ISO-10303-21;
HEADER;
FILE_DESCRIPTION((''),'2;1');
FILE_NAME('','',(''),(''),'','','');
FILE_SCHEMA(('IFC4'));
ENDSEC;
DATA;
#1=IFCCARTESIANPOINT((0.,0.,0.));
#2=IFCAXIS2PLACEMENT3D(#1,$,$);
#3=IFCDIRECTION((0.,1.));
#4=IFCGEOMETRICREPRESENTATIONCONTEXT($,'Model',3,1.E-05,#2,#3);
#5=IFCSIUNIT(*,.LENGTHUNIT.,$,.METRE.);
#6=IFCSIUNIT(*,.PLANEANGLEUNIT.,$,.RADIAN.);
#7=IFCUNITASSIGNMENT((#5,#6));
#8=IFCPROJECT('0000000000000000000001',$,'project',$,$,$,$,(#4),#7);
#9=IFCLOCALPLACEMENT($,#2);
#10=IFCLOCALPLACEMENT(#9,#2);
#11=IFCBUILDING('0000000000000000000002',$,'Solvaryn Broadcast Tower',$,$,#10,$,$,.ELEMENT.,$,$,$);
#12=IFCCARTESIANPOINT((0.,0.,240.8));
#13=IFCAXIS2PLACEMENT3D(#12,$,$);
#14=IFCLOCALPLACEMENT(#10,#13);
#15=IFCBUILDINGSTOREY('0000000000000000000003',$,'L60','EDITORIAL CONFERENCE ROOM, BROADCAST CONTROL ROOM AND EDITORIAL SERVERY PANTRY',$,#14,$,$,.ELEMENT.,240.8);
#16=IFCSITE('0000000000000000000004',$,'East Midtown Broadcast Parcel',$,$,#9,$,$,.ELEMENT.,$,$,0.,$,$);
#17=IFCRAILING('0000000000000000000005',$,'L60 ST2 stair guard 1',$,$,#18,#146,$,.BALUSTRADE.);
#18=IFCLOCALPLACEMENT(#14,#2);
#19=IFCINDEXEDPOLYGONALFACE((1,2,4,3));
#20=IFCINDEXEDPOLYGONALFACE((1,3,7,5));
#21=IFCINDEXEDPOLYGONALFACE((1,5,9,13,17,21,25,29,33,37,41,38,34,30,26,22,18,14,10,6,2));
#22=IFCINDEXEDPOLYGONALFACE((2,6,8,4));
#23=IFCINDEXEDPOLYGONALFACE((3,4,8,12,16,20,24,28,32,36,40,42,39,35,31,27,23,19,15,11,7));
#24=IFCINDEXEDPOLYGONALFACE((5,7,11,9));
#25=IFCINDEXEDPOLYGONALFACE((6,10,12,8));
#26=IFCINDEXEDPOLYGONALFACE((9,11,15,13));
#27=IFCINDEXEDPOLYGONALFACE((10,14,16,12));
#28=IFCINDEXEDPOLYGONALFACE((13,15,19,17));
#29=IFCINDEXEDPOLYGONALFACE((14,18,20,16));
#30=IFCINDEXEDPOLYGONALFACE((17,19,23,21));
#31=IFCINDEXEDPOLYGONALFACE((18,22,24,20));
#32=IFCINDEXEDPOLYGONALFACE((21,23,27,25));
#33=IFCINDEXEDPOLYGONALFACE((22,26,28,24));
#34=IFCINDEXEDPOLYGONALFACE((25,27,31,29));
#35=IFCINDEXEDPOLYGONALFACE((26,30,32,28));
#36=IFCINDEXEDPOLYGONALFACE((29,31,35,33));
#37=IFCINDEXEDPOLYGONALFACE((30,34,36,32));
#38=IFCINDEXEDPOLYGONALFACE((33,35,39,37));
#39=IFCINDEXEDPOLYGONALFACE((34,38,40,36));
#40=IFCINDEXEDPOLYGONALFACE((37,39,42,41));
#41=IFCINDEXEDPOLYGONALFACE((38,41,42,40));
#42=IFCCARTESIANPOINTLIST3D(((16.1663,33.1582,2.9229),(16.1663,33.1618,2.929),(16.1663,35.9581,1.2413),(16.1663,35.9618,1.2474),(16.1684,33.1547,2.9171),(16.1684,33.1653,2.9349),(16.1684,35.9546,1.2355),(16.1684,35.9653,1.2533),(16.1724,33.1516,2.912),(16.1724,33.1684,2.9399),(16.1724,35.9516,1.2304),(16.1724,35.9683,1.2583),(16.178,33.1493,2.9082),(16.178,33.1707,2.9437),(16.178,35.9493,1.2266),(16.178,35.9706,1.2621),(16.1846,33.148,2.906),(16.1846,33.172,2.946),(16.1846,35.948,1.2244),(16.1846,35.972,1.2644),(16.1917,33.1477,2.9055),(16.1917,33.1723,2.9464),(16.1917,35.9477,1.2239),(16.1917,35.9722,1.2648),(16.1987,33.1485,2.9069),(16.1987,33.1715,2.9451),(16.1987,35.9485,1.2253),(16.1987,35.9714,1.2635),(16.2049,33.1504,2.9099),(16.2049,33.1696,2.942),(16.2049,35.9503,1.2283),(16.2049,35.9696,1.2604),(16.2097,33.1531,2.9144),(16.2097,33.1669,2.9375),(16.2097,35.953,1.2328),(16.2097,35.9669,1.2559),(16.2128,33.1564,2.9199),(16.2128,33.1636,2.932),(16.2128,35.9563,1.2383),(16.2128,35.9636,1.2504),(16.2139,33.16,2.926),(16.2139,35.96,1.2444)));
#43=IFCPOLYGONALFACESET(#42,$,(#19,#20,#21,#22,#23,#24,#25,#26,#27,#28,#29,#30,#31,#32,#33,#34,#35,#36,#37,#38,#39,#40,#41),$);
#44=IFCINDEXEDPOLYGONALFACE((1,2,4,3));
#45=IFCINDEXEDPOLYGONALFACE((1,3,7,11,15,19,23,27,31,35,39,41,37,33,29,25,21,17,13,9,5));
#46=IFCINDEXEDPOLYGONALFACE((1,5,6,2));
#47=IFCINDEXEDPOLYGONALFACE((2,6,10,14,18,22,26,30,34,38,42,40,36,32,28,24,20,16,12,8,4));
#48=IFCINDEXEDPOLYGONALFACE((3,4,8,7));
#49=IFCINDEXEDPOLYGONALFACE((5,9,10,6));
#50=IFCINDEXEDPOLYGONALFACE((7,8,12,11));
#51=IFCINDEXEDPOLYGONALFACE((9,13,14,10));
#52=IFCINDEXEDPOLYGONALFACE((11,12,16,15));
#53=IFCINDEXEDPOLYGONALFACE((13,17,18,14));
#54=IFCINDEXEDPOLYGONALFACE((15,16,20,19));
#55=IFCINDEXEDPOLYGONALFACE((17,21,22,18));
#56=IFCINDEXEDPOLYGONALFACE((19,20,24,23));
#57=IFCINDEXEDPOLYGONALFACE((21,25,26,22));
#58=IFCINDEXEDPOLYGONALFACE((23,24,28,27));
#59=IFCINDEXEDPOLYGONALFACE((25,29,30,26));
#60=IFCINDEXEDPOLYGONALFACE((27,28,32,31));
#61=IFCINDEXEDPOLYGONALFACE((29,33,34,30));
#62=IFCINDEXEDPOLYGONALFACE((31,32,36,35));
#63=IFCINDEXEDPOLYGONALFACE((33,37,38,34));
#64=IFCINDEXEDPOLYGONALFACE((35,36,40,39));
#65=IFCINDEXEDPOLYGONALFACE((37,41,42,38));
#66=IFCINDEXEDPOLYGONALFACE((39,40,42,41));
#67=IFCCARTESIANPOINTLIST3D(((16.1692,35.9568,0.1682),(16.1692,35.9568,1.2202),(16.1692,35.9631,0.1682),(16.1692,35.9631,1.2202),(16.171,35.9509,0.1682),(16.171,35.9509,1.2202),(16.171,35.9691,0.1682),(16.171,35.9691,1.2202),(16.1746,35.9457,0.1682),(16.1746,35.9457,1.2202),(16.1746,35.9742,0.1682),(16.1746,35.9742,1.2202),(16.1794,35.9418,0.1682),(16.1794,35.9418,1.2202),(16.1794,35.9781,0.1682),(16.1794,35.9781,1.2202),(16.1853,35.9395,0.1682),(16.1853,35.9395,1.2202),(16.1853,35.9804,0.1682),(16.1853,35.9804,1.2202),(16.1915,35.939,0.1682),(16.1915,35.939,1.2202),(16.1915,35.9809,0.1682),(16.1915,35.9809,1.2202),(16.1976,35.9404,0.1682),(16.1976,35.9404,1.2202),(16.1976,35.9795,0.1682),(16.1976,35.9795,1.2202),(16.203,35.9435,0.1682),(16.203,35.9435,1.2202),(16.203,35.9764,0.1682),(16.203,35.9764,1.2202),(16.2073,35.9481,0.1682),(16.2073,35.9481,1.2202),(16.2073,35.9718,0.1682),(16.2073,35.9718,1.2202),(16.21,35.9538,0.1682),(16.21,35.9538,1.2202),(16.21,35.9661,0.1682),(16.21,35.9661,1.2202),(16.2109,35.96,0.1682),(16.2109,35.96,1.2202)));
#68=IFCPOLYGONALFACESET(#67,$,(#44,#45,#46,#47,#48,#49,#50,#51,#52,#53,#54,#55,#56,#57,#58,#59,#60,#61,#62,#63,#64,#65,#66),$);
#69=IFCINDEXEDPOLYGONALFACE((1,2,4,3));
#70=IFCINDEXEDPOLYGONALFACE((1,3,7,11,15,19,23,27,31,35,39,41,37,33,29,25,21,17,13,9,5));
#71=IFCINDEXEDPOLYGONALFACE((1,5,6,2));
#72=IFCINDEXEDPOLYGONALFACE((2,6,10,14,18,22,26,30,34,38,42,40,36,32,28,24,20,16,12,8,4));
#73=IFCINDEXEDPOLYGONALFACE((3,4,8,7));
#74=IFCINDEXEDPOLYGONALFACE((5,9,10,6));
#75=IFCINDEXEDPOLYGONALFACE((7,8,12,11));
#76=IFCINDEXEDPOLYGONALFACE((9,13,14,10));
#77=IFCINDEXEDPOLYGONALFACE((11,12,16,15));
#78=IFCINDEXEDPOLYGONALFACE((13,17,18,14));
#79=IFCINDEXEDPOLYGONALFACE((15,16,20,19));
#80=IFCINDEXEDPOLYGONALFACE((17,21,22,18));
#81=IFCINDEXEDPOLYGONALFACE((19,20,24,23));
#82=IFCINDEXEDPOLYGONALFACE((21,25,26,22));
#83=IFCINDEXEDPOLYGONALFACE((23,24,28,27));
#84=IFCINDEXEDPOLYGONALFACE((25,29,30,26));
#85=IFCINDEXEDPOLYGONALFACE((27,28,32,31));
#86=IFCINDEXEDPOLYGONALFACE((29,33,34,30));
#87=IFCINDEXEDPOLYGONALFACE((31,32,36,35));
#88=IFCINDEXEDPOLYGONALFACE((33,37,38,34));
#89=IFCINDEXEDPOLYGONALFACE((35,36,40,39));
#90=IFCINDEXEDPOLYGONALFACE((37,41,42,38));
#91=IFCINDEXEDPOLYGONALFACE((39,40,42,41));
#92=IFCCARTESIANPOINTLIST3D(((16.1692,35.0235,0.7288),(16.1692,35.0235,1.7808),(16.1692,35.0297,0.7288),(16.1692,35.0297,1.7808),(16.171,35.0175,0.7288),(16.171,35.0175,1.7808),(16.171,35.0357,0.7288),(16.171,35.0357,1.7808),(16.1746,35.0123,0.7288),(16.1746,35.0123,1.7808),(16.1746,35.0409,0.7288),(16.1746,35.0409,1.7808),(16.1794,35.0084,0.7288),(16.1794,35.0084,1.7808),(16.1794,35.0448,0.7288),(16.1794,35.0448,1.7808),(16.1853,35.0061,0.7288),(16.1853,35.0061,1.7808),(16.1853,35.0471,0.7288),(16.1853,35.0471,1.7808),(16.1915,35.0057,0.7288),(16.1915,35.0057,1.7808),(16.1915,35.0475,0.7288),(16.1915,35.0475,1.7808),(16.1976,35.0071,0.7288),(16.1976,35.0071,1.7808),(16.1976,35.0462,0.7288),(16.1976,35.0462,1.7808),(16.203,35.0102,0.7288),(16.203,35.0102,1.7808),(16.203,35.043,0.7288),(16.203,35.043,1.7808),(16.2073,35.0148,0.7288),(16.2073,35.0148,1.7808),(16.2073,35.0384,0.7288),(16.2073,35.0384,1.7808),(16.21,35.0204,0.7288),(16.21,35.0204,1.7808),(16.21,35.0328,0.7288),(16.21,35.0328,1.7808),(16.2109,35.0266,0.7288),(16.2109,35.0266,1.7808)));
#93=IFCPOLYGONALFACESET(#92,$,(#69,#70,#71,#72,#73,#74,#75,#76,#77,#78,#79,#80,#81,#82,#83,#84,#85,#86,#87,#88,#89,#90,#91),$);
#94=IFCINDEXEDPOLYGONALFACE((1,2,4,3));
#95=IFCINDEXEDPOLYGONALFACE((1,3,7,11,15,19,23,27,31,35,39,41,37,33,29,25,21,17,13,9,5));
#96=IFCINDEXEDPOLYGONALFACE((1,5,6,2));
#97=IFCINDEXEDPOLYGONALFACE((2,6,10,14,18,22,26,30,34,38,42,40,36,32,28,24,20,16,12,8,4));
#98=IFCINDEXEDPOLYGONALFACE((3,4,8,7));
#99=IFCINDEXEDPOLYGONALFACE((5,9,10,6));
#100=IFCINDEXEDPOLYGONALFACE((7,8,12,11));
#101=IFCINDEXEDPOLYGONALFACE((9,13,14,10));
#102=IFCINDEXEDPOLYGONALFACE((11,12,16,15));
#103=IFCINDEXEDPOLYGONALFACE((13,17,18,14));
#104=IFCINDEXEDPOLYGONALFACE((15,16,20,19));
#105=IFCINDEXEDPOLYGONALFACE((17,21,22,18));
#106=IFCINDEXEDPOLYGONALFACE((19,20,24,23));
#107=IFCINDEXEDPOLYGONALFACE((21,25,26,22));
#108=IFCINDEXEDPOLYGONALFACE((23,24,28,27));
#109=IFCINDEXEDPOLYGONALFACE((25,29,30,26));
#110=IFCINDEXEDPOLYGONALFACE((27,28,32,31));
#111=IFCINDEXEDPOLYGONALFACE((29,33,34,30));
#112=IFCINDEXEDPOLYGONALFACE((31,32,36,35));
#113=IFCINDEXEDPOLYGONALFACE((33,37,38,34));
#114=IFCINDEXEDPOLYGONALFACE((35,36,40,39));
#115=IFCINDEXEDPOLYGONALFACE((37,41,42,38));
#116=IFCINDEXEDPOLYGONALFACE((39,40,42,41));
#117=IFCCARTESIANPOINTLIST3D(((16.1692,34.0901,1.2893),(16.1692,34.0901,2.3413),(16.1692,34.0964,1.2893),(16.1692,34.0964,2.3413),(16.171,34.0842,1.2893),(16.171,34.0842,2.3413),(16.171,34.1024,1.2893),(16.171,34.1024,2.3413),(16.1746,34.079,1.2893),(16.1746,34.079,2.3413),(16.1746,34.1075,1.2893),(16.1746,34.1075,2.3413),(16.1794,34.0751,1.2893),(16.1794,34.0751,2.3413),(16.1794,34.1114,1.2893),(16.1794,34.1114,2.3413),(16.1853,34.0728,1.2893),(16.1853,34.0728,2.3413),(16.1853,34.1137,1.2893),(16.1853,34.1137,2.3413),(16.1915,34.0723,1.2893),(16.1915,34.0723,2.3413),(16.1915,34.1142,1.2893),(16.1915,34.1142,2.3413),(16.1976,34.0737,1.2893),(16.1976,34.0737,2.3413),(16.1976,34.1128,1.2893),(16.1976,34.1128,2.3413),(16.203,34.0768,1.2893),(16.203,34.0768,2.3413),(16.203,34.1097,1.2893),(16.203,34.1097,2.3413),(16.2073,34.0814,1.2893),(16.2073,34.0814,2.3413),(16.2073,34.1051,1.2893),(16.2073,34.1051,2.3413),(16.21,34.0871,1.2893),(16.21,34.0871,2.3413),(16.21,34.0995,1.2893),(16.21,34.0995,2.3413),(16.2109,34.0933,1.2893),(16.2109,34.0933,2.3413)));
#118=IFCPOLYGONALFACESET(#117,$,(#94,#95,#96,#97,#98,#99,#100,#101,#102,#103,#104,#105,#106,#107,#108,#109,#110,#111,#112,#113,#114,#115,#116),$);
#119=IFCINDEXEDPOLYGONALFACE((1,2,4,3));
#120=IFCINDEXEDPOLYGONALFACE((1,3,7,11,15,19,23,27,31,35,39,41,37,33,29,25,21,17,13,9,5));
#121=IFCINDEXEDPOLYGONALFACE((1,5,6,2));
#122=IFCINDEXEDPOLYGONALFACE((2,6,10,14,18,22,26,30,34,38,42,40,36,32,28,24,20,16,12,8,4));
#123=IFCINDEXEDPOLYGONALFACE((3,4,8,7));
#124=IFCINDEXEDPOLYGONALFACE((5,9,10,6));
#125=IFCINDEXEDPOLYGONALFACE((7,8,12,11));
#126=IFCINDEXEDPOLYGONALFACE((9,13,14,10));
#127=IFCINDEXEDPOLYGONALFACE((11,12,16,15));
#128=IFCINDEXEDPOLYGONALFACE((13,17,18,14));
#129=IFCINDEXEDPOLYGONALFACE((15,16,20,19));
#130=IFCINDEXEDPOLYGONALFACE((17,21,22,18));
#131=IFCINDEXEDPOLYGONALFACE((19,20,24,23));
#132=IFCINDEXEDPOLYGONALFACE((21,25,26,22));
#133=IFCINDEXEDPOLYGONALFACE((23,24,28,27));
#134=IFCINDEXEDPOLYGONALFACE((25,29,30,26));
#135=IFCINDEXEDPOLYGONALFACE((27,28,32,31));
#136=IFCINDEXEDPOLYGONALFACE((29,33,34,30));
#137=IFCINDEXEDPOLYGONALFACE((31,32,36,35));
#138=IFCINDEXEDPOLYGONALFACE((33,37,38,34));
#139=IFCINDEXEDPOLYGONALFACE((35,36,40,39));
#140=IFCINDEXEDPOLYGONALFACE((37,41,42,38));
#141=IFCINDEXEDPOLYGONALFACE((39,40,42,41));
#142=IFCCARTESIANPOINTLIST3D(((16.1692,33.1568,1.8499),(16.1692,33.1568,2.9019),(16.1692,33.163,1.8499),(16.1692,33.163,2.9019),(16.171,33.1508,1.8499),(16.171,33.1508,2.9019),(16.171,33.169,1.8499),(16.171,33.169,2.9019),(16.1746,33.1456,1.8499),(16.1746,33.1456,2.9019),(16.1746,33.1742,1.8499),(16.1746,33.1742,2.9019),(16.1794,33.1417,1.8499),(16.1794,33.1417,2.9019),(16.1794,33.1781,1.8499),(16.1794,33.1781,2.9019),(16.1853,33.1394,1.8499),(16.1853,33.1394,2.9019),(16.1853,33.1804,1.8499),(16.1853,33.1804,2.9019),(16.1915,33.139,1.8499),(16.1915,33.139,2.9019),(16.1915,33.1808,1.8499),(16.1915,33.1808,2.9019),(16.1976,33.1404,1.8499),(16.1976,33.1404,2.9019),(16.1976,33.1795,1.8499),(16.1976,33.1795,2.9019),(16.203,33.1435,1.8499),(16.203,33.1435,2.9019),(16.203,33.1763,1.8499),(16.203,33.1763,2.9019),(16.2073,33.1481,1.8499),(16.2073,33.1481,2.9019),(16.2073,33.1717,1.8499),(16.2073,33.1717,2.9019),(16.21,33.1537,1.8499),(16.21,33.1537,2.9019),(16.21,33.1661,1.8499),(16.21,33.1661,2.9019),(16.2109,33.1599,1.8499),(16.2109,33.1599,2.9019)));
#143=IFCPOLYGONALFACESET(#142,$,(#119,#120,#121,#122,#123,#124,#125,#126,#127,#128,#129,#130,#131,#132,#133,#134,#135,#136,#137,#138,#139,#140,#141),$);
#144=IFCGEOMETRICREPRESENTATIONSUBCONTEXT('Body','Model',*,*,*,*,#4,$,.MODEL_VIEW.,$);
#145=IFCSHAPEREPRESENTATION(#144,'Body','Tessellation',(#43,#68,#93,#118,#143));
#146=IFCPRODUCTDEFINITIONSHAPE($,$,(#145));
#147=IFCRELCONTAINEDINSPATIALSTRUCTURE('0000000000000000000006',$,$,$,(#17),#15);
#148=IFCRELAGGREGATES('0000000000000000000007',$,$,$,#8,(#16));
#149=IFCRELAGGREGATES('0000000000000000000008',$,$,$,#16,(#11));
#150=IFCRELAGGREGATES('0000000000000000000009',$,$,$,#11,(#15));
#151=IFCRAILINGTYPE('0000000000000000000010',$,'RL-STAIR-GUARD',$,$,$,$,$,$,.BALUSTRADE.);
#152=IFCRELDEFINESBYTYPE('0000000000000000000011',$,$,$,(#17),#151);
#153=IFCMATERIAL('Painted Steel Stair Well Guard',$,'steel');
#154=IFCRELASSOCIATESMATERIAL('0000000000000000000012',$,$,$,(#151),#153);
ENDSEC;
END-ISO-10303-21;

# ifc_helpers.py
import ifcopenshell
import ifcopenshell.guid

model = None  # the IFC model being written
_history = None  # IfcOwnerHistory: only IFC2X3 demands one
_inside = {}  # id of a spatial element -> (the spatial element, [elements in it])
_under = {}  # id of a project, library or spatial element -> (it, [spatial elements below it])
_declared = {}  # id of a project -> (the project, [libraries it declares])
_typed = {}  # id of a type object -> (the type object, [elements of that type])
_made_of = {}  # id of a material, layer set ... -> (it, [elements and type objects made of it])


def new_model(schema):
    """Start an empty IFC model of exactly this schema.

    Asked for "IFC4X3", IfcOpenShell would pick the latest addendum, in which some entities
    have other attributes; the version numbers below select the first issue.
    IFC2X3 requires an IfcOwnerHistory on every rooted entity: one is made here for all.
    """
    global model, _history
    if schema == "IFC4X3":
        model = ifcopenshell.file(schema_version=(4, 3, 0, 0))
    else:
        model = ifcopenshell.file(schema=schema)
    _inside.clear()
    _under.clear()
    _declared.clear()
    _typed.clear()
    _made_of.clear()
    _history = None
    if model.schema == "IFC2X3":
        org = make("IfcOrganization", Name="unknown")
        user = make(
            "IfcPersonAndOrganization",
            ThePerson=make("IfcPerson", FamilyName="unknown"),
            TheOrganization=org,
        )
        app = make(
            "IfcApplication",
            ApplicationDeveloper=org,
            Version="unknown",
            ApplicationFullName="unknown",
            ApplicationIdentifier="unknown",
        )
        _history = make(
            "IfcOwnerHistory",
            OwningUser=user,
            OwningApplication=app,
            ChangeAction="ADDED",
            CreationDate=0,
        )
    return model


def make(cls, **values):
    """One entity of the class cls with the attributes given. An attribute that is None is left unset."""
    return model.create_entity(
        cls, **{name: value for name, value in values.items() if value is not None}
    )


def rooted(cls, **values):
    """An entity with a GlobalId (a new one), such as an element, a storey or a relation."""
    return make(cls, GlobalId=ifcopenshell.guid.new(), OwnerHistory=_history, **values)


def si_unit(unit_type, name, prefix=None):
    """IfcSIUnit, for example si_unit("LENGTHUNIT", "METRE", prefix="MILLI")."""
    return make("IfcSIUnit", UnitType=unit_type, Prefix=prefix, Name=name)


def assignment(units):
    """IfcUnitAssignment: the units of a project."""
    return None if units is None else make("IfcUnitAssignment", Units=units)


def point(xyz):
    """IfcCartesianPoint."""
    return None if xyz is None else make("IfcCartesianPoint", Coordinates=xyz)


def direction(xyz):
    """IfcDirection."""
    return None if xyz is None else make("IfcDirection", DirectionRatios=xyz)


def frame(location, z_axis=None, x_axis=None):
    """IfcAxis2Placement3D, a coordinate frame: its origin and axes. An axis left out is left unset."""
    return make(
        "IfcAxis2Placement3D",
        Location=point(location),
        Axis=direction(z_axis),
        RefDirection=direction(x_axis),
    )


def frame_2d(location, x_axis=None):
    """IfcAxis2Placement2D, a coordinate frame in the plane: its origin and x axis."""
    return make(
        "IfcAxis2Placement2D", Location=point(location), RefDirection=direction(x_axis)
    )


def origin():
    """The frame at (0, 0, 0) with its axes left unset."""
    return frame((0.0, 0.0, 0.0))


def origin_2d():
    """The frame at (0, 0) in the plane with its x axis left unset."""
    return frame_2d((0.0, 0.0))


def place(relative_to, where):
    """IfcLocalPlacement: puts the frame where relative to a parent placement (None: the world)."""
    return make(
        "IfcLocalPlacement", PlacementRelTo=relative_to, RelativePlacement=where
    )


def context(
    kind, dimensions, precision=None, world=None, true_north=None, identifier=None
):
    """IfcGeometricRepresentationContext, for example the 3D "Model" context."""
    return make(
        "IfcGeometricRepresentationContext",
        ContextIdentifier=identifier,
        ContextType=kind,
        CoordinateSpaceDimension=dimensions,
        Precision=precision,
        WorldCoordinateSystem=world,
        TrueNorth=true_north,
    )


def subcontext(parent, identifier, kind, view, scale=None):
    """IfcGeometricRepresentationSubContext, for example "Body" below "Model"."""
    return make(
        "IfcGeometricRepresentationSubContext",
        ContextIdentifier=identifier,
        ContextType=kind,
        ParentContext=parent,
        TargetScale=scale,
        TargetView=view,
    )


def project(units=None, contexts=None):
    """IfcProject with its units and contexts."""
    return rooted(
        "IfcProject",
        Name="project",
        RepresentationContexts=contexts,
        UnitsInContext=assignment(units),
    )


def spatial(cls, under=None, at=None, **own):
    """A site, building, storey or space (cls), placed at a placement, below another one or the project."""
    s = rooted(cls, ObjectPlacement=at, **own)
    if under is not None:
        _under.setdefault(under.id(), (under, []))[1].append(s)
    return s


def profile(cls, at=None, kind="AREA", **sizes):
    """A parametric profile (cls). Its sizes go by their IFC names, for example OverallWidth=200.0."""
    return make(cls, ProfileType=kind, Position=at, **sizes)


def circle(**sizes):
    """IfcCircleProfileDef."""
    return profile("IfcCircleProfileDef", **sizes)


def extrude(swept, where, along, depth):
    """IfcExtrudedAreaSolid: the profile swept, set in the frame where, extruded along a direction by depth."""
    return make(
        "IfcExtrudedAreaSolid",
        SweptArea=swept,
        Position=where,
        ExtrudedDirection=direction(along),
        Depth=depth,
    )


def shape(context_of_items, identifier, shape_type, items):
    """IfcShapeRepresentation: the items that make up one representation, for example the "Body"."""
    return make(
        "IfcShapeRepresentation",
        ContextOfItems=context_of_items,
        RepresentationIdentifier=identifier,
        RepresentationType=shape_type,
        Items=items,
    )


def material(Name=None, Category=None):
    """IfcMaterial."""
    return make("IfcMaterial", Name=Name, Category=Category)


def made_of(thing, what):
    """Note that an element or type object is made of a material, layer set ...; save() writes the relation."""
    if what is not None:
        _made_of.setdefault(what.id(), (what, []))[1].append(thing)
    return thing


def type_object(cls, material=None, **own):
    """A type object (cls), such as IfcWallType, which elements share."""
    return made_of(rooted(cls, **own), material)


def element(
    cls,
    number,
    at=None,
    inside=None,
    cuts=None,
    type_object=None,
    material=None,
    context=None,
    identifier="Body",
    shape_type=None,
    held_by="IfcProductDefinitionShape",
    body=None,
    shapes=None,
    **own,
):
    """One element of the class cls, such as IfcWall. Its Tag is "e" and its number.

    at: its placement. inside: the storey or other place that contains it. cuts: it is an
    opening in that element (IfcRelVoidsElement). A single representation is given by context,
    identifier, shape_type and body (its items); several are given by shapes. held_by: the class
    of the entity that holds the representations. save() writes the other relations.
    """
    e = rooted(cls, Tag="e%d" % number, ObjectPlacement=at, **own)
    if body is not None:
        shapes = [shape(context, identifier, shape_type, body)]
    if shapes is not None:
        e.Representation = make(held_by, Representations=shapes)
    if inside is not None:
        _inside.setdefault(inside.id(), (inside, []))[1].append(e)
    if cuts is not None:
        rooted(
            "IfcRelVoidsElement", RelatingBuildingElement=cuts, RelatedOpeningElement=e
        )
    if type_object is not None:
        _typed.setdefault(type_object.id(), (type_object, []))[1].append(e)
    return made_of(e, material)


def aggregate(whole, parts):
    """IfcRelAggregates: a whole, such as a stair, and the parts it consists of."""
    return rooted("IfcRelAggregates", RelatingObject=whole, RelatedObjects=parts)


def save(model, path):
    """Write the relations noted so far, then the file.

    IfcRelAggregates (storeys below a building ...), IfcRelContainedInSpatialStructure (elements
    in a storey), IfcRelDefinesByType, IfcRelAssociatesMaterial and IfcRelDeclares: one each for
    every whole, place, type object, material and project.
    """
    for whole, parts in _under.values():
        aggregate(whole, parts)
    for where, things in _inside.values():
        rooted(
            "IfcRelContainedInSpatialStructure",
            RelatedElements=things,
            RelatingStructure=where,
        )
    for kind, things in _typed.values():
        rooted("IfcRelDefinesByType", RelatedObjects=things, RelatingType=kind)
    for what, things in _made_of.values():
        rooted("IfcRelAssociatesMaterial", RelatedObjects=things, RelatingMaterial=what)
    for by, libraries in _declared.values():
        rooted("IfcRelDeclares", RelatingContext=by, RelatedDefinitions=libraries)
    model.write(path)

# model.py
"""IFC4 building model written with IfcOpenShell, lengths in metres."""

from ifc_helpers import new_model, si_unit, direction, frame, origin, origin_2d, place, context, subcontext, project, spatial, circle, extrude, material, type_object, element, save


model = new_model("IFC4")

# Units and contexts
model_context = context("Model", 3, precision=1e-05, world=origin(), true_north=direction((0.0, 1.0)))
body_context = subcontext(model_context, "Body", "Model", "MODEL_VIEW")
ifc_project = project(units=[si_unit("LENGTHUNIT", "METRE"), si_unit("PLANEANGLEUNIT", "RADIAN")], contexts=[model_context])

# Site, building, storey
site_placement = place(None, origin())
site = spatial("IfcSite", under=ifc_project, at=site_placement, Name="East Midtown Broadcast Parcel", CompositionType="ELEMENT", RefElevation=0.0)
building_placement = place(site_placement, origin())
building = spatial("IfcBuilding", under=site, at=building_placement, Name="Solvaryn Broadcast Tower", CompositionType="ELEMENT")
storey_placement = place(building_placement, frame((0.0, 0.0, 240.8)))
storey = spatial("IfcBuildingStorey", under=building, at=storey_placement, Name="L60", Description="EDITORIAL CONFERENCE ROOM, BROADCAST CONTROL ROOM AND EDITORIAL SERVERY PANTRY", CompositionType="ELEMENT", Elevation=240.8)

# Railing
ifc_material_1 = material(Name="Painted Steel Stair Well Guard", Category="steel")
railing_type_1 = type_object("IfcRailingType", Name="RL-STAIR-GUARD", PredefinedType="BALUSTRADE", material=ifc_material_1)
railing_1_placement = place(storey_placement, frame((16.1899, 35.96, 0.1682)))
element("IfcRailing", 1, at=railing_1_placement, inside=storey, type_object=railing_type_1, Name="L60 ST2 stair guard 1", PredefinedType="BALUSTRADE", context=body_context, shape_type="SweptSolid", body=[
    extrude(circle(Radius=0.0239, at=origin_2d()), frame((0.0, 0.0, 1.0762), z_axis=(0.0, -0.857275, 0.514858), x_axis=(1.0, 0.0, 0.0)), (0.0, 0.0, 1.0), 3.2661),
    extrude(circle(Radius=0.021, at=origin_2d()), origin(), (0.0, 0.0, 1.0), 1.052),
    extrude(circle(Radius=0.021, at=origin_2d()), frame((0.0, -0.9333, 0.5605)), (0.0, 0.0, 1.0), 1.052),
    extrude(circle(Radius=0.021, at=origin_2d()), frame((0.0, -1.8667, 1.1211)), (0.0, 0.0, 1.0), 1.052),
    extrude(circle(Radius=0.021, at=origin_2d()), frame((0.0, -2.8, 1.6816)), (0.0, 0.0, 1.0), 1.052),
])

save(model, "model.ifc")
